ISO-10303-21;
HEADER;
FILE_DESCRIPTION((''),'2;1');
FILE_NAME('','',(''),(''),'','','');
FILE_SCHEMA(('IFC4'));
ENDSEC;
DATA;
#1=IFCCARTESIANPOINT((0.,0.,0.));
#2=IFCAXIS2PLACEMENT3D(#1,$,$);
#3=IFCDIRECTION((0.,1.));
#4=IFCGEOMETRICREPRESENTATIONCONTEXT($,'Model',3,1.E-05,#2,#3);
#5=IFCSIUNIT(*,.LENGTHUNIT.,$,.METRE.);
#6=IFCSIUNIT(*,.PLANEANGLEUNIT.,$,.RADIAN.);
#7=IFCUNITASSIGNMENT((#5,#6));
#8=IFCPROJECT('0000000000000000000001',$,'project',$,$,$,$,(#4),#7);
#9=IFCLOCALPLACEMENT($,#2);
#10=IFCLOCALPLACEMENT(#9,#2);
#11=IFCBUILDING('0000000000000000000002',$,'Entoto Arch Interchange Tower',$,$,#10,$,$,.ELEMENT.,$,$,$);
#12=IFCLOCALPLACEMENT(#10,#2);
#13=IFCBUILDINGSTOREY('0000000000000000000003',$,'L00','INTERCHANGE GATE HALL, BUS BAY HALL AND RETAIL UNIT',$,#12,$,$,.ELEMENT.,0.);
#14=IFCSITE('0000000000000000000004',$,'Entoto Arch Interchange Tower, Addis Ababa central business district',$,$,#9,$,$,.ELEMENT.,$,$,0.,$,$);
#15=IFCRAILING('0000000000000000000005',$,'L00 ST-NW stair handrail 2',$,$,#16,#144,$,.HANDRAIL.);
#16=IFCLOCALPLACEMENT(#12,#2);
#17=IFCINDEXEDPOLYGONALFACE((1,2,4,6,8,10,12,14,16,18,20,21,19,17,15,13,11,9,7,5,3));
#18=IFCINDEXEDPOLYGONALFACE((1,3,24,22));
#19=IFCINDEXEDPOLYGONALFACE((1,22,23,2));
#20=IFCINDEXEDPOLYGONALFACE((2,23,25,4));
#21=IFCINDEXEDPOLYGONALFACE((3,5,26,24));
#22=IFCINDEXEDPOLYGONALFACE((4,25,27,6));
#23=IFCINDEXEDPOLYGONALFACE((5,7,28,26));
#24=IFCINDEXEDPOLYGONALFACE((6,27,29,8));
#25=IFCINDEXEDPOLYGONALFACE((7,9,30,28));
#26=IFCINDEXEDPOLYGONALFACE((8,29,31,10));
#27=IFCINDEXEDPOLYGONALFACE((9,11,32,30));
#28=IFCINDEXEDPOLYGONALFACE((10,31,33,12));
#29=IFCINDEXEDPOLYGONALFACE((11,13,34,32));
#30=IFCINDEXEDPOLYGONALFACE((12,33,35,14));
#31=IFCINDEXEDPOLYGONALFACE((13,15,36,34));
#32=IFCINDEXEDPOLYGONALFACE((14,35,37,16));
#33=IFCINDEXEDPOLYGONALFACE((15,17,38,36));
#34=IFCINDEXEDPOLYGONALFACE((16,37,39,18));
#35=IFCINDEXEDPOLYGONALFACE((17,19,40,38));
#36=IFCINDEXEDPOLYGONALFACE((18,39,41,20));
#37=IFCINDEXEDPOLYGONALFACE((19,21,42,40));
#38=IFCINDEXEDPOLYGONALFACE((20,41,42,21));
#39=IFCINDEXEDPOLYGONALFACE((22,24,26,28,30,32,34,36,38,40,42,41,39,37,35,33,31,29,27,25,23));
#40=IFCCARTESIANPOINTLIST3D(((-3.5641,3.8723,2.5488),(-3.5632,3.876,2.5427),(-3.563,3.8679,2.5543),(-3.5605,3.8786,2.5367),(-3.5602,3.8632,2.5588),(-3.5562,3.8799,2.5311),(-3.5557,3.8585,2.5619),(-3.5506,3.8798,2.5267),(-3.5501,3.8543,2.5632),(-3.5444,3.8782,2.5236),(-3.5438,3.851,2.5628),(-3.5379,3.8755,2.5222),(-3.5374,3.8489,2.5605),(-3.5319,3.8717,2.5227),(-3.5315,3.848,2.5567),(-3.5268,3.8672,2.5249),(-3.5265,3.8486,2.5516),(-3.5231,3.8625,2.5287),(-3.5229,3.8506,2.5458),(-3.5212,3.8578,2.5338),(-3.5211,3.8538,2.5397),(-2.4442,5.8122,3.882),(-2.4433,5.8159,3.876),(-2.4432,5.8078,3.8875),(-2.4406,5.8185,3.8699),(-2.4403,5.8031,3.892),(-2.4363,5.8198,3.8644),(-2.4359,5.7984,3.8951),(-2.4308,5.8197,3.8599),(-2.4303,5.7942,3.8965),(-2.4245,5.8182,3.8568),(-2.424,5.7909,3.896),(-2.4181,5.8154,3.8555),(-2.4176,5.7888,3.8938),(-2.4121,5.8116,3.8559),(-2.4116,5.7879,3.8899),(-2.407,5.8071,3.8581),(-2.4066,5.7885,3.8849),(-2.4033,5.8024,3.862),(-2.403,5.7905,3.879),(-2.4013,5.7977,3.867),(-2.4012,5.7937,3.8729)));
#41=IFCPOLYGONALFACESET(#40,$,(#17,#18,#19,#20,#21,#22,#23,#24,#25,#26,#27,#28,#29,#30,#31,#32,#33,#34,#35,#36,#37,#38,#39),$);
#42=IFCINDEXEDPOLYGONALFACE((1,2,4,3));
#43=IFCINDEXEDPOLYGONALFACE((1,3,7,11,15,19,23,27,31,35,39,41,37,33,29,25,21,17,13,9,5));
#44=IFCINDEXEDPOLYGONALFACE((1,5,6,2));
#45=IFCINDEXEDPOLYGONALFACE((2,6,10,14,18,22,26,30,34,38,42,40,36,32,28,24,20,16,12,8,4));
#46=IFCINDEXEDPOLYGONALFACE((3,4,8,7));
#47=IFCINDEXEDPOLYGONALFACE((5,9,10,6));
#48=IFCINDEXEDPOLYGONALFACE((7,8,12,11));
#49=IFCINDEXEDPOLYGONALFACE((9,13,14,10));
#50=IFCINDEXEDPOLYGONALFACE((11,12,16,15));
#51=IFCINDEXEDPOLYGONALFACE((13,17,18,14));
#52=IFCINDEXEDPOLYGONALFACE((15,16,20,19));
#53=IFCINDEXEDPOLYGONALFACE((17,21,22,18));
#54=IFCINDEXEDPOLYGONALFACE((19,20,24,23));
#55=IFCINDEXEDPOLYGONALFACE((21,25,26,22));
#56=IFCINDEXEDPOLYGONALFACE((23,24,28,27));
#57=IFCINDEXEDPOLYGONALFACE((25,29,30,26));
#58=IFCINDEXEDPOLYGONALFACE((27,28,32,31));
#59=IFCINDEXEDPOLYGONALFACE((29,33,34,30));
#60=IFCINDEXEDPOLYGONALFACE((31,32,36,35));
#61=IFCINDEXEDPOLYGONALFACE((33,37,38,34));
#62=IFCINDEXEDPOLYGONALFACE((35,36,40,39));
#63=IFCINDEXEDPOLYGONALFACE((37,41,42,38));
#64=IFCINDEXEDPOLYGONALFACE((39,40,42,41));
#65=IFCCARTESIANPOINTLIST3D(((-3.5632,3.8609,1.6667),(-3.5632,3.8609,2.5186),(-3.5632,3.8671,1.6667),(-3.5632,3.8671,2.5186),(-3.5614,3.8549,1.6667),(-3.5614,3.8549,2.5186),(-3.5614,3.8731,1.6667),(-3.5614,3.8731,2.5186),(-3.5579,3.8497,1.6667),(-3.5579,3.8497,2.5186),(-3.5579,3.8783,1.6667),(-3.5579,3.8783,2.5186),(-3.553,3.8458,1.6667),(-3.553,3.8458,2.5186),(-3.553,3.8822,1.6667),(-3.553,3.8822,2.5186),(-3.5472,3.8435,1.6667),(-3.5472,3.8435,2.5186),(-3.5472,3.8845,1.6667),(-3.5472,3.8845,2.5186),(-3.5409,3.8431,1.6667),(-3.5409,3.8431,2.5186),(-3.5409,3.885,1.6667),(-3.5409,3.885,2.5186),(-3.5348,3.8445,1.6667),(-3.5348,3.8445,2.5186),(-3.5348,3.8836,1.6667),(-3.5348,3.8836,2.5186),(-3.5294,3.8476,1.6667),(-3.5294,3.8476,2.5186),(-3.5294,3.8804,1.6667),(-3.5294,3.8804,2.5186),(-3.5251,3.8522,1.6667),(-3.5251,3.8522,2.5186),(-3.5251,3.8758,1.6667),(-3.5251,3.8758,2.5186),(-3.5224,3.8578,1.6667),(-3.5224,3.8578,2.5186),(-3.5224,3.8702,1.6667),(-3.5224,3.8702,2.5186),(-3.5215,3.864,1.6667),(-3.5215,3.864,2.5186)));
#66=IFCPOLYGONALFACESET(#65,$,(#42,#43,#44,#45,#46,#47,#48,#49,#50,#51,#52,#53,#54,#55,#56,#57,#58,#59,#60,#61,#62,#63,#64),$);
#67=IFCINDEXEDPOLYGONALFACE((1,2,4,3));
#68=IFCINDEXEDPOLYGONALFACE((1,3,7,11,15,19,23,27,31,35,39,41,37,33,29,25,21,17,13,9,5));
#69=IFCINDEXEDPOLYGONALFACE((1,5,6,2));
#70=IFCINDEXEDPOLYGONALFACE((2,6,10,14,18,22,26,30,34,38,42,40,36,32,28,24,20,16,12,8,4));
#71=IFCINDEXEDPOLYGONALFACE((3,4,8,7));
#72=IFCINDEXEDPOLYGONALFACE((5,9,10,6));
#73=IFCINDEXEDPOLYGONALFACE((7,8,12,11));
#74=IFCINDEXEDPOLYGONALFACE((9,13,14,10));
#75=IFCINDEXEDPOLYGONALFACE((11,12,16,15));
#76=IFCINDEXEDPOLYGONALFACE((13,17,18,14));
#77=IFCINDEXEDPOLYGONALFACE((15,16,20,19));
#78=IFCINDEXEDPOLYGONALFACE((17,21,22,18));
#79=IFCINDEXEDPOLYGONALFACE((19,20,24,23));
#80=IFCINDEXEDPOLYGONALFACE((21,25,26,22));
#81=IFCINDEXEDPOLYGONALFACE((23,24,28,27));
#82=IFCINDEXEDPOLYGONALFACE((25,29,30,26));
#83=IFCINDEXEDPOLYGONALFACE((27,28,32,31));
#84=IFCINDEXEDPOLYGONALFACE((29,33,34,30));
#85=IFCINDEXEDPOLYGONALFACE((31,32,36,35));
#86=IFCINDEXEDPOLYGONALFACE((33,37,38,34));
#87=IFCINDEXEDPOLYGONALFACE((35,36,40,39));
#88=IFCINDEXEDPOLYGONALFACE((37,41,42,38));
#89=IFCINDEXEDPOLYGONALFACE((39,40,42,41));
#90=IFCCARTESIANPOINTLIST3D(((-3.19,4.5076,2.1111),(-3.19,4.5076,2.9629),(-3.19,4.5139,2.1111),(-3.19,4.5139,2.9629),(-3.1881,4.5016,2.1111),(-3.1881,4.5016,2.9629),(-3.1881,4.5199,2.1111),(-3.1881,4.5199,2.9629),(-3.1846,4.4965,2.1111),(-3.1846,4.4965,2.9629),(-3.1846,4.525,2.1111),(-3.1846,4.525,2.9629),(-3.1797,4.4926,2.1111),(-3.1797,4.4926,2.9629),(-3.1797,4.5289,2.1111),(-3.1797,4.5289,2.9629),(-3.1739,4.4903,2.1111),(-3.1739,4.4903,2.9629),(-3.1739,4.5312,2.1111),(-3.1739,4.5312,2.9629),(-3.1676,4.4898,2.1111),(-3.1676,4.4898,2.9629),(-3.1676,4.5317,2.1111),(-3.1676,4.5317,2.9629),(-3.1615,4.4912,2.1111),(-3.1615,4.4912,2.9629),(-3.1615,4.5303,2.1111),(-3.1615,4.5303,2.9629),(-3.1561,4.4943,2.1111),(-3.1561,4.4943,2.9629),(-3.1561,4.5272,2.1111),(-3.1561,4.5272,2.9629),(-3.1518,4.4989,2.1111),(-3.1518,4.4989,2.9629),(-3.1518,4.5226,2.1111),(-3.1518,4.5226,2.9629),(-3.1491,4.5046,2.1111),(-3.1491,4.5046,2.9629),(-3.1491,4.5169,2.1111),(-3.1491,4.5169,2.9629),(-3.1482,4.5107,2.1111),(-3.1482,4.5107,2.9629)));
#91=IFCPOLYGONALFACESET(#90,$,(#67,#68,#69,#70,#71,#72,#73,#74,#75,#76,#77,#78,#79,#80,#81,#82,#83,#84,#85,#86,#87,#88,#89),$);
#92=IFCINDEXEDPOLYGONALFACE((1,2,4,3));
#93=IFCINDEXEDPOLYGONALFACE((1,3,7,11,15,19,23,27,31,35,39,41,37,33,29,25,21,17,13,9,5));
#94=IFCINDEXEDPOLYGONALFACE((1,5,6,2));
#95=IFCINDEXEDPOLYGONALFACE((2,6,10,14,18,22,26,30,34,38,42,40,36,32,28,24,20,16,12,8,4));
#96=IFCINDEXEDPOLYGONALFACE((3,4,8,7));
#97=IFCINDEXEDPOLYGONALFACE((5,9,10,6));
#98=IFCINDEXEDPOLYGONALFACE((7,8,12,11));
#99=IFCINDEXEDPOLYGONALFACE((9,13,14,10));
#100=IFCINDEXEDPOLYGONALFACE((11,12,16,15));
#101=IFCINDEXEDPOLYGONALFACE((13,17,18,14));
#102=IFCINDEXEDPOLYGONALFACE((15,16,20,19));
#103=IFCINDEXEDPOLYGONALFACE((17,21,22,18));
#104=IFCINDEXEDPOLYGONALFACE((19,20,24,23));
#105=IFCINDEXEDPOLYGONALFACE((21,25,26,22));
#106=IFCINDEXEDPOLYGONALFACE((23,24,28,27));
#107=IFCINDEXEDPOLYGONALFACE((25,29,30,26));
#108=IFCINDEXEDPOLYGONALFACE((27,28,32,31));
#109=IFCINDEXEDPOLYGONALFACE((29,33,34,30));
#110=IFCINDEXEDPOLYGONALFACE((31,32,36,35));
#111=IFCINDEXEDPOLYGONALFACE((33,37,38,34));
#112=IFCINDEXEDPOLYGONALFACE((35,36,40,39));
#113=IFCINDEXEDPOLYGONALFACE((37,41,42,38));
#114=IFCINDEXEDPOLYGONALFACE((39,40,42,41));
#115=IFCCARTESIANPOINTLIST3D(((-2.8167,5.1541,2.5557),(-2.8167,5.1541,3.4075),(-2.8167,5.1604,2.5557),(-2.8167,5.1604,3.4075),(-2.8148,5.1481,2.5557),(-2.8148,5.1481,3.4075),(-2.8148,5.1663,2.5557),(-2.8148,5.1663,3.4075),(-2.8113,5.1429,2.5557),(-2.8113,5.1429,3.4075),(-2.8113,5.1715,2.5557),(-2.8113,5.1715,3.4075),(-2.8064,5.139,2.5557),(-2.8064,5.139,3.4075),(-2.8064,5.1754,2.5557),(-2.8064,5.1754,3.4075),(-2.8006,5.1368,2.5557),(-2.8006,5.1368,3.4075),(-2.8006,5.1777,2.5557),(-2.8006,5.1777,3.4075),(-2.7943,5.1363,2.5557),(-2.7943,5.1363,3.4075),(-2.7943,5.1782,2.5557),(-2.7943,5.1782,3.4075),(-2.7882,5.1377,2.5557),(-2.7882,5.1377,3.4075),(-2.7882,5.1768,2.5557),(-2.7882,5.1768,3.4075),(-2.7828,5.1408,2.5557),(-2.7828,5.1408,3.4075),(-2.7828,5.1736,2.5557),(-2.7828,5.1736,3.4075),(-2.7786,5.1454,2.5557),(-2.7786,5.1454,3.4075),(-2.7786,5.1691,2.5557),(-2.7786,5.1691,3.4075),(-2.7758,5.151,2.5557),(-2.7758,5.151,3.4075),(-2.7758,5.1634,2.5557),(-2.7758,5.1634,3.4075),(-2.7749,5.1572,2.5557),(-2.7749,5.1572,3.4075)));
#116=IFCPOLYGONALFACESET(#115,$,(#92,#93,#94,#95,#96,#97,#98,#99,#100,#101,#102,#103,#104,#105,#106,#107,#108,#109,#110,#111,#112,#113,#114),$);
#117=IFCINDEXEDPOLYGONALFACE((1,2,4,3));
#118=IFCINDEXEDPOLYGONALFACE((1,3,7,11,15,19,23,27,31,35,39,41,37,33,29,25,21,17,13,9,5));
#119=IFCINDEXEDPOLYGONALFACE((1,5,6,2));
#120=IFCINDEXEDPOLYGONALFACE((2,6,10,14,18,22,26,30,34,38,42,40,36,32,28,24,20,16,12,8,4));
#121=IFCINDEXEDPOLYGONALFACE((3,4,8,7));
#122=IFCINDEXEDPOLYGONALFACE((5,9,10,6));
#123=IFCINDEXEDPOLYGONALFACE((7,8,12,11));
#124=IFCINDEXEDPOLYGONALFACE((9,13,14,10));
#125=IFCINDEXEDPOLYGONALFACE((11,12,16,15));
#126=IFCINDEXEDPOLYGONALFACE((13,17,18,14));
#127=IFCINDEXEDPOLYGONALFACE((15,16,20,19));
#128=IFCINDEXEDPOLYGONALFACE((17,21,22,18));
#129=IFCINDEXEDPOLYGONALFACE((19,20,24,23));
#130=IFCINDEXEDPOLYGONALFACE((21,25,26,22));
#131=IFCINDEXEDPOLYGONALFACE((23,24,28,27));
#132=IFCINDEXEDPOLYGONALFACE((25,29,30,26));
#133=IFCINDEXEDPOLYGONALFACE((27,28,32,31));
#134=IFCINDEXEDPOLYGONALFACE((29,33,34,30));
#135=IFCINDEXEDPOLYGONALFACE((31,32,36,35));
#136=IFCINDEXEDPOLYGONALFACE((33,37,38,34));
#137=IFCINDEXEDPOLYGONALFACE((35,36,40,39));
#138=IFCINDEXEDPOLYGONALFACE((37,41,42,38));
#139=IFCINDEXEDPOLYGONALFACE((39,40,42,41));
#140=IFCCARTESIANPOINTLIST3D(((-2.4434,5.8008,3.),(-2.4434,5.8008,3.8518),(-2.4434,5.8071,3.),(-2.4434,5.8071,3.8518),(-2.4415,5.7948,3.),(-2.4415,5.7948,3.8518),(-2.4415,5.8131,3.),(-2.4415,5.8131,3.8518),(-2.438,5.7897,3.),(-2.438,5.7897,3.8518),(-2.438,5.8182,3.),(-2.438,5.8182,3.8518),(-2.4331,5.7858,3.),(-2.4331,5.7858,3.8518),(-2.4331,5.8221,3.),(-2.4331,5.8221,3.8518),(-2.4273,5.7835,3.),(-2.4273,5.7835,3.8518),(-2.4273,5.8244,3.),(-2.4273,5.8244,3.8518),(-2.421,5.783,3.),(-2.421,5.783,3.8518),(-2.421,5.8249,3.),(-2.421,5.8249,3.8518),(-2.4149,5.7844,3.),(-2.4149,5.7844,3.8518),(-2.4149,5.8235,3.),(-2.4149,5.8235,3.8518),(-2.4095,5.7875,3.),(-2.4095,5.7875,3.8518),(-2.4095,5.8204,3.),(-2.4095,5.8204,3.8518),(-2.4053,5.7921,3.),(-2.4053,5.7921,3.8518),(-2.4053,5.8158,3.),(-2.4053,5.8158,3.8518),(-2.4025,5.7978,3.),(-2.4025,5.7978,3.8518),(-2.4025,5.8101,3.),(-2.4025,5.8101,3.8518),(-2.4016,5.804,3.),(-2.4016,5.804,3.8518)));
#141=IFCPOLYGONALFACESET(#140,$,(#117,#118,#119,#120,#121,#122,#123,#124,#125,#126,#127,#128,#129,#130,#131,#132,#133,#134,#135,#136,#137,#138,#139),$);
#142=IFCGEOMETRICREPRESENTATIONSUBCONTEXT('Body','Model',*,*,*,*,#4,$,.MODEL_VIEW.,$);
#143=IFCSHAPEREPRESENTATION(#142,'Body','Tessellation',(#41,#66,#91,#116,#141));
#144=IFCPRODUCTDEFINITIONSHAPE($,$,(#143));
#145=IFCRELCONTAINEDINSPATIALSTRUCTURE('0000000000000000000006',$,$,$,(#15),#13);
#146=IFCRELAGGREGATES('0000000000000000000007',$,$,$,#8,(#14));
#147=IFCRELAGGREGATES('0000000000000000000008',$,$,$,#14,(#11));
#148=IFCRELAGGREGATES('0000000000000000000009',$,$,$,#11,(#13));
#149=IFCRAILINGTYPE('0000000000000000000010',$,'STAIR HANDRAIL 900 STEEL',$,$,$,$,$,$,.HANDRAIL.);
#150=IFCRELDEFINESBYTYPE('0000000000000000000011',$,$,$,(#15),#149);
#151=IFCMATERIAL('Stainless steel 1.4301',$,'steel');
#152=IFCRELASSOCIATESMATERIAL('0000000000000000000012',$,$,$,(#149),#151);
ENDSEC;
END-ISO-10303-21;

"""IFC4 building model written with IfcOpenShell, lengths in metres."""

from ifc_helpers import new_model, si_unit, direction, frame, origin, origin_2d, place, context, subcontext, project, spatial, circle, extrude, material, type_object, element, save


model = new_model("IFC4")

# Units and contexts
model_context = context("Model", 3, precision=1e-05, world=origin(), true_north=direction((0.0, 1.0)))
body_context = subcontext(model_context, "Body", "Model", "MODEL_VIEW")
ifc_project = project(units=[si_unit("LENGTHUNIT", "METRE"), si_unit("PLANEANGLEUNIT", "RADIAN")], contexts=[model_context])

# Site, building, storey
site_placement = place(None, origin())
site = spatial("IfcSite", under=ifc_project, at=site_placement, Name="Entoto Arch Interchange Tower, Addis Ababa central business district", CompositionType="ELEMENT", RefElevation=0.0)
building_placement = place(site_placement, origin())
building = spatial("IfcBuilding", under=site, at=building_placement, Name="Entoto Arch Interchange Tower", CompositionType="ELEMENT")
storey_placement = place(building_placement, origin())
storey = spatial("IfcBuildingStorey", under=building, at=storey_placement, Name="L00", Description="INTERCHANGE GATE HALL, BUS BAY HALL AND RETAIL UNIT", CompositionType="ELEMENT", Elevation=0.0)

# Railing
ifc_material_1 = material(Name="Stainless steel 1.4301", Category="steel")
railing_type_1 = type_object("IfcRailingType", Name="STAIR HANDRAIL 900 STEEL", PredefinedType="HANDRAIL", material=ifc_material_1)
for number, where, name in (
    (1, (-3.5425, 3.864, 1.6667), "L00 ST-NW stair handrail 2"),
):
    element("IfcRailing", number, at=place(storey_placement, frame(where)), inside=storey, type_object=railing_type_1, Name=name, PredefinedType="HANDRAIL", context=body_context, shape_type="SweptSolid", body=[
        extrude(circle(Radius=0.0239, at=origin_2d()), frame((0.0, 0.0, 0.876), z_axis=(0.429608, 0.744205, 0.511465), x_axis=(-0.866055, 0.499949, 0.0)), (0.0, 0.0, 1.0), 2.6067),
        extrude(circle(Radius=0.021, at=origin_2d()), origin(), (0.0, 0.0, 1.0), 0.8518),
        extrude(circle(Radius=0.021, at=origin_2d()), frame((0.3733, 0.6467, 0.4443)), (0.0, 0.0, 1.0), 0.8518),
        extrude(circle(Radius=0.021, at=origin_2d()), frame((0.7466, 1.2932, 0.8889)), (0.0, 0.0, 1.0), 0.8518),
        extrude(circle(Radius=0.021, at=origin_2d()), frame((1.1199, 1.9399, 1.3333)), (0.0, 0.0, 1.0), 0.8518),
    ])

save(model, "model.ifc")
